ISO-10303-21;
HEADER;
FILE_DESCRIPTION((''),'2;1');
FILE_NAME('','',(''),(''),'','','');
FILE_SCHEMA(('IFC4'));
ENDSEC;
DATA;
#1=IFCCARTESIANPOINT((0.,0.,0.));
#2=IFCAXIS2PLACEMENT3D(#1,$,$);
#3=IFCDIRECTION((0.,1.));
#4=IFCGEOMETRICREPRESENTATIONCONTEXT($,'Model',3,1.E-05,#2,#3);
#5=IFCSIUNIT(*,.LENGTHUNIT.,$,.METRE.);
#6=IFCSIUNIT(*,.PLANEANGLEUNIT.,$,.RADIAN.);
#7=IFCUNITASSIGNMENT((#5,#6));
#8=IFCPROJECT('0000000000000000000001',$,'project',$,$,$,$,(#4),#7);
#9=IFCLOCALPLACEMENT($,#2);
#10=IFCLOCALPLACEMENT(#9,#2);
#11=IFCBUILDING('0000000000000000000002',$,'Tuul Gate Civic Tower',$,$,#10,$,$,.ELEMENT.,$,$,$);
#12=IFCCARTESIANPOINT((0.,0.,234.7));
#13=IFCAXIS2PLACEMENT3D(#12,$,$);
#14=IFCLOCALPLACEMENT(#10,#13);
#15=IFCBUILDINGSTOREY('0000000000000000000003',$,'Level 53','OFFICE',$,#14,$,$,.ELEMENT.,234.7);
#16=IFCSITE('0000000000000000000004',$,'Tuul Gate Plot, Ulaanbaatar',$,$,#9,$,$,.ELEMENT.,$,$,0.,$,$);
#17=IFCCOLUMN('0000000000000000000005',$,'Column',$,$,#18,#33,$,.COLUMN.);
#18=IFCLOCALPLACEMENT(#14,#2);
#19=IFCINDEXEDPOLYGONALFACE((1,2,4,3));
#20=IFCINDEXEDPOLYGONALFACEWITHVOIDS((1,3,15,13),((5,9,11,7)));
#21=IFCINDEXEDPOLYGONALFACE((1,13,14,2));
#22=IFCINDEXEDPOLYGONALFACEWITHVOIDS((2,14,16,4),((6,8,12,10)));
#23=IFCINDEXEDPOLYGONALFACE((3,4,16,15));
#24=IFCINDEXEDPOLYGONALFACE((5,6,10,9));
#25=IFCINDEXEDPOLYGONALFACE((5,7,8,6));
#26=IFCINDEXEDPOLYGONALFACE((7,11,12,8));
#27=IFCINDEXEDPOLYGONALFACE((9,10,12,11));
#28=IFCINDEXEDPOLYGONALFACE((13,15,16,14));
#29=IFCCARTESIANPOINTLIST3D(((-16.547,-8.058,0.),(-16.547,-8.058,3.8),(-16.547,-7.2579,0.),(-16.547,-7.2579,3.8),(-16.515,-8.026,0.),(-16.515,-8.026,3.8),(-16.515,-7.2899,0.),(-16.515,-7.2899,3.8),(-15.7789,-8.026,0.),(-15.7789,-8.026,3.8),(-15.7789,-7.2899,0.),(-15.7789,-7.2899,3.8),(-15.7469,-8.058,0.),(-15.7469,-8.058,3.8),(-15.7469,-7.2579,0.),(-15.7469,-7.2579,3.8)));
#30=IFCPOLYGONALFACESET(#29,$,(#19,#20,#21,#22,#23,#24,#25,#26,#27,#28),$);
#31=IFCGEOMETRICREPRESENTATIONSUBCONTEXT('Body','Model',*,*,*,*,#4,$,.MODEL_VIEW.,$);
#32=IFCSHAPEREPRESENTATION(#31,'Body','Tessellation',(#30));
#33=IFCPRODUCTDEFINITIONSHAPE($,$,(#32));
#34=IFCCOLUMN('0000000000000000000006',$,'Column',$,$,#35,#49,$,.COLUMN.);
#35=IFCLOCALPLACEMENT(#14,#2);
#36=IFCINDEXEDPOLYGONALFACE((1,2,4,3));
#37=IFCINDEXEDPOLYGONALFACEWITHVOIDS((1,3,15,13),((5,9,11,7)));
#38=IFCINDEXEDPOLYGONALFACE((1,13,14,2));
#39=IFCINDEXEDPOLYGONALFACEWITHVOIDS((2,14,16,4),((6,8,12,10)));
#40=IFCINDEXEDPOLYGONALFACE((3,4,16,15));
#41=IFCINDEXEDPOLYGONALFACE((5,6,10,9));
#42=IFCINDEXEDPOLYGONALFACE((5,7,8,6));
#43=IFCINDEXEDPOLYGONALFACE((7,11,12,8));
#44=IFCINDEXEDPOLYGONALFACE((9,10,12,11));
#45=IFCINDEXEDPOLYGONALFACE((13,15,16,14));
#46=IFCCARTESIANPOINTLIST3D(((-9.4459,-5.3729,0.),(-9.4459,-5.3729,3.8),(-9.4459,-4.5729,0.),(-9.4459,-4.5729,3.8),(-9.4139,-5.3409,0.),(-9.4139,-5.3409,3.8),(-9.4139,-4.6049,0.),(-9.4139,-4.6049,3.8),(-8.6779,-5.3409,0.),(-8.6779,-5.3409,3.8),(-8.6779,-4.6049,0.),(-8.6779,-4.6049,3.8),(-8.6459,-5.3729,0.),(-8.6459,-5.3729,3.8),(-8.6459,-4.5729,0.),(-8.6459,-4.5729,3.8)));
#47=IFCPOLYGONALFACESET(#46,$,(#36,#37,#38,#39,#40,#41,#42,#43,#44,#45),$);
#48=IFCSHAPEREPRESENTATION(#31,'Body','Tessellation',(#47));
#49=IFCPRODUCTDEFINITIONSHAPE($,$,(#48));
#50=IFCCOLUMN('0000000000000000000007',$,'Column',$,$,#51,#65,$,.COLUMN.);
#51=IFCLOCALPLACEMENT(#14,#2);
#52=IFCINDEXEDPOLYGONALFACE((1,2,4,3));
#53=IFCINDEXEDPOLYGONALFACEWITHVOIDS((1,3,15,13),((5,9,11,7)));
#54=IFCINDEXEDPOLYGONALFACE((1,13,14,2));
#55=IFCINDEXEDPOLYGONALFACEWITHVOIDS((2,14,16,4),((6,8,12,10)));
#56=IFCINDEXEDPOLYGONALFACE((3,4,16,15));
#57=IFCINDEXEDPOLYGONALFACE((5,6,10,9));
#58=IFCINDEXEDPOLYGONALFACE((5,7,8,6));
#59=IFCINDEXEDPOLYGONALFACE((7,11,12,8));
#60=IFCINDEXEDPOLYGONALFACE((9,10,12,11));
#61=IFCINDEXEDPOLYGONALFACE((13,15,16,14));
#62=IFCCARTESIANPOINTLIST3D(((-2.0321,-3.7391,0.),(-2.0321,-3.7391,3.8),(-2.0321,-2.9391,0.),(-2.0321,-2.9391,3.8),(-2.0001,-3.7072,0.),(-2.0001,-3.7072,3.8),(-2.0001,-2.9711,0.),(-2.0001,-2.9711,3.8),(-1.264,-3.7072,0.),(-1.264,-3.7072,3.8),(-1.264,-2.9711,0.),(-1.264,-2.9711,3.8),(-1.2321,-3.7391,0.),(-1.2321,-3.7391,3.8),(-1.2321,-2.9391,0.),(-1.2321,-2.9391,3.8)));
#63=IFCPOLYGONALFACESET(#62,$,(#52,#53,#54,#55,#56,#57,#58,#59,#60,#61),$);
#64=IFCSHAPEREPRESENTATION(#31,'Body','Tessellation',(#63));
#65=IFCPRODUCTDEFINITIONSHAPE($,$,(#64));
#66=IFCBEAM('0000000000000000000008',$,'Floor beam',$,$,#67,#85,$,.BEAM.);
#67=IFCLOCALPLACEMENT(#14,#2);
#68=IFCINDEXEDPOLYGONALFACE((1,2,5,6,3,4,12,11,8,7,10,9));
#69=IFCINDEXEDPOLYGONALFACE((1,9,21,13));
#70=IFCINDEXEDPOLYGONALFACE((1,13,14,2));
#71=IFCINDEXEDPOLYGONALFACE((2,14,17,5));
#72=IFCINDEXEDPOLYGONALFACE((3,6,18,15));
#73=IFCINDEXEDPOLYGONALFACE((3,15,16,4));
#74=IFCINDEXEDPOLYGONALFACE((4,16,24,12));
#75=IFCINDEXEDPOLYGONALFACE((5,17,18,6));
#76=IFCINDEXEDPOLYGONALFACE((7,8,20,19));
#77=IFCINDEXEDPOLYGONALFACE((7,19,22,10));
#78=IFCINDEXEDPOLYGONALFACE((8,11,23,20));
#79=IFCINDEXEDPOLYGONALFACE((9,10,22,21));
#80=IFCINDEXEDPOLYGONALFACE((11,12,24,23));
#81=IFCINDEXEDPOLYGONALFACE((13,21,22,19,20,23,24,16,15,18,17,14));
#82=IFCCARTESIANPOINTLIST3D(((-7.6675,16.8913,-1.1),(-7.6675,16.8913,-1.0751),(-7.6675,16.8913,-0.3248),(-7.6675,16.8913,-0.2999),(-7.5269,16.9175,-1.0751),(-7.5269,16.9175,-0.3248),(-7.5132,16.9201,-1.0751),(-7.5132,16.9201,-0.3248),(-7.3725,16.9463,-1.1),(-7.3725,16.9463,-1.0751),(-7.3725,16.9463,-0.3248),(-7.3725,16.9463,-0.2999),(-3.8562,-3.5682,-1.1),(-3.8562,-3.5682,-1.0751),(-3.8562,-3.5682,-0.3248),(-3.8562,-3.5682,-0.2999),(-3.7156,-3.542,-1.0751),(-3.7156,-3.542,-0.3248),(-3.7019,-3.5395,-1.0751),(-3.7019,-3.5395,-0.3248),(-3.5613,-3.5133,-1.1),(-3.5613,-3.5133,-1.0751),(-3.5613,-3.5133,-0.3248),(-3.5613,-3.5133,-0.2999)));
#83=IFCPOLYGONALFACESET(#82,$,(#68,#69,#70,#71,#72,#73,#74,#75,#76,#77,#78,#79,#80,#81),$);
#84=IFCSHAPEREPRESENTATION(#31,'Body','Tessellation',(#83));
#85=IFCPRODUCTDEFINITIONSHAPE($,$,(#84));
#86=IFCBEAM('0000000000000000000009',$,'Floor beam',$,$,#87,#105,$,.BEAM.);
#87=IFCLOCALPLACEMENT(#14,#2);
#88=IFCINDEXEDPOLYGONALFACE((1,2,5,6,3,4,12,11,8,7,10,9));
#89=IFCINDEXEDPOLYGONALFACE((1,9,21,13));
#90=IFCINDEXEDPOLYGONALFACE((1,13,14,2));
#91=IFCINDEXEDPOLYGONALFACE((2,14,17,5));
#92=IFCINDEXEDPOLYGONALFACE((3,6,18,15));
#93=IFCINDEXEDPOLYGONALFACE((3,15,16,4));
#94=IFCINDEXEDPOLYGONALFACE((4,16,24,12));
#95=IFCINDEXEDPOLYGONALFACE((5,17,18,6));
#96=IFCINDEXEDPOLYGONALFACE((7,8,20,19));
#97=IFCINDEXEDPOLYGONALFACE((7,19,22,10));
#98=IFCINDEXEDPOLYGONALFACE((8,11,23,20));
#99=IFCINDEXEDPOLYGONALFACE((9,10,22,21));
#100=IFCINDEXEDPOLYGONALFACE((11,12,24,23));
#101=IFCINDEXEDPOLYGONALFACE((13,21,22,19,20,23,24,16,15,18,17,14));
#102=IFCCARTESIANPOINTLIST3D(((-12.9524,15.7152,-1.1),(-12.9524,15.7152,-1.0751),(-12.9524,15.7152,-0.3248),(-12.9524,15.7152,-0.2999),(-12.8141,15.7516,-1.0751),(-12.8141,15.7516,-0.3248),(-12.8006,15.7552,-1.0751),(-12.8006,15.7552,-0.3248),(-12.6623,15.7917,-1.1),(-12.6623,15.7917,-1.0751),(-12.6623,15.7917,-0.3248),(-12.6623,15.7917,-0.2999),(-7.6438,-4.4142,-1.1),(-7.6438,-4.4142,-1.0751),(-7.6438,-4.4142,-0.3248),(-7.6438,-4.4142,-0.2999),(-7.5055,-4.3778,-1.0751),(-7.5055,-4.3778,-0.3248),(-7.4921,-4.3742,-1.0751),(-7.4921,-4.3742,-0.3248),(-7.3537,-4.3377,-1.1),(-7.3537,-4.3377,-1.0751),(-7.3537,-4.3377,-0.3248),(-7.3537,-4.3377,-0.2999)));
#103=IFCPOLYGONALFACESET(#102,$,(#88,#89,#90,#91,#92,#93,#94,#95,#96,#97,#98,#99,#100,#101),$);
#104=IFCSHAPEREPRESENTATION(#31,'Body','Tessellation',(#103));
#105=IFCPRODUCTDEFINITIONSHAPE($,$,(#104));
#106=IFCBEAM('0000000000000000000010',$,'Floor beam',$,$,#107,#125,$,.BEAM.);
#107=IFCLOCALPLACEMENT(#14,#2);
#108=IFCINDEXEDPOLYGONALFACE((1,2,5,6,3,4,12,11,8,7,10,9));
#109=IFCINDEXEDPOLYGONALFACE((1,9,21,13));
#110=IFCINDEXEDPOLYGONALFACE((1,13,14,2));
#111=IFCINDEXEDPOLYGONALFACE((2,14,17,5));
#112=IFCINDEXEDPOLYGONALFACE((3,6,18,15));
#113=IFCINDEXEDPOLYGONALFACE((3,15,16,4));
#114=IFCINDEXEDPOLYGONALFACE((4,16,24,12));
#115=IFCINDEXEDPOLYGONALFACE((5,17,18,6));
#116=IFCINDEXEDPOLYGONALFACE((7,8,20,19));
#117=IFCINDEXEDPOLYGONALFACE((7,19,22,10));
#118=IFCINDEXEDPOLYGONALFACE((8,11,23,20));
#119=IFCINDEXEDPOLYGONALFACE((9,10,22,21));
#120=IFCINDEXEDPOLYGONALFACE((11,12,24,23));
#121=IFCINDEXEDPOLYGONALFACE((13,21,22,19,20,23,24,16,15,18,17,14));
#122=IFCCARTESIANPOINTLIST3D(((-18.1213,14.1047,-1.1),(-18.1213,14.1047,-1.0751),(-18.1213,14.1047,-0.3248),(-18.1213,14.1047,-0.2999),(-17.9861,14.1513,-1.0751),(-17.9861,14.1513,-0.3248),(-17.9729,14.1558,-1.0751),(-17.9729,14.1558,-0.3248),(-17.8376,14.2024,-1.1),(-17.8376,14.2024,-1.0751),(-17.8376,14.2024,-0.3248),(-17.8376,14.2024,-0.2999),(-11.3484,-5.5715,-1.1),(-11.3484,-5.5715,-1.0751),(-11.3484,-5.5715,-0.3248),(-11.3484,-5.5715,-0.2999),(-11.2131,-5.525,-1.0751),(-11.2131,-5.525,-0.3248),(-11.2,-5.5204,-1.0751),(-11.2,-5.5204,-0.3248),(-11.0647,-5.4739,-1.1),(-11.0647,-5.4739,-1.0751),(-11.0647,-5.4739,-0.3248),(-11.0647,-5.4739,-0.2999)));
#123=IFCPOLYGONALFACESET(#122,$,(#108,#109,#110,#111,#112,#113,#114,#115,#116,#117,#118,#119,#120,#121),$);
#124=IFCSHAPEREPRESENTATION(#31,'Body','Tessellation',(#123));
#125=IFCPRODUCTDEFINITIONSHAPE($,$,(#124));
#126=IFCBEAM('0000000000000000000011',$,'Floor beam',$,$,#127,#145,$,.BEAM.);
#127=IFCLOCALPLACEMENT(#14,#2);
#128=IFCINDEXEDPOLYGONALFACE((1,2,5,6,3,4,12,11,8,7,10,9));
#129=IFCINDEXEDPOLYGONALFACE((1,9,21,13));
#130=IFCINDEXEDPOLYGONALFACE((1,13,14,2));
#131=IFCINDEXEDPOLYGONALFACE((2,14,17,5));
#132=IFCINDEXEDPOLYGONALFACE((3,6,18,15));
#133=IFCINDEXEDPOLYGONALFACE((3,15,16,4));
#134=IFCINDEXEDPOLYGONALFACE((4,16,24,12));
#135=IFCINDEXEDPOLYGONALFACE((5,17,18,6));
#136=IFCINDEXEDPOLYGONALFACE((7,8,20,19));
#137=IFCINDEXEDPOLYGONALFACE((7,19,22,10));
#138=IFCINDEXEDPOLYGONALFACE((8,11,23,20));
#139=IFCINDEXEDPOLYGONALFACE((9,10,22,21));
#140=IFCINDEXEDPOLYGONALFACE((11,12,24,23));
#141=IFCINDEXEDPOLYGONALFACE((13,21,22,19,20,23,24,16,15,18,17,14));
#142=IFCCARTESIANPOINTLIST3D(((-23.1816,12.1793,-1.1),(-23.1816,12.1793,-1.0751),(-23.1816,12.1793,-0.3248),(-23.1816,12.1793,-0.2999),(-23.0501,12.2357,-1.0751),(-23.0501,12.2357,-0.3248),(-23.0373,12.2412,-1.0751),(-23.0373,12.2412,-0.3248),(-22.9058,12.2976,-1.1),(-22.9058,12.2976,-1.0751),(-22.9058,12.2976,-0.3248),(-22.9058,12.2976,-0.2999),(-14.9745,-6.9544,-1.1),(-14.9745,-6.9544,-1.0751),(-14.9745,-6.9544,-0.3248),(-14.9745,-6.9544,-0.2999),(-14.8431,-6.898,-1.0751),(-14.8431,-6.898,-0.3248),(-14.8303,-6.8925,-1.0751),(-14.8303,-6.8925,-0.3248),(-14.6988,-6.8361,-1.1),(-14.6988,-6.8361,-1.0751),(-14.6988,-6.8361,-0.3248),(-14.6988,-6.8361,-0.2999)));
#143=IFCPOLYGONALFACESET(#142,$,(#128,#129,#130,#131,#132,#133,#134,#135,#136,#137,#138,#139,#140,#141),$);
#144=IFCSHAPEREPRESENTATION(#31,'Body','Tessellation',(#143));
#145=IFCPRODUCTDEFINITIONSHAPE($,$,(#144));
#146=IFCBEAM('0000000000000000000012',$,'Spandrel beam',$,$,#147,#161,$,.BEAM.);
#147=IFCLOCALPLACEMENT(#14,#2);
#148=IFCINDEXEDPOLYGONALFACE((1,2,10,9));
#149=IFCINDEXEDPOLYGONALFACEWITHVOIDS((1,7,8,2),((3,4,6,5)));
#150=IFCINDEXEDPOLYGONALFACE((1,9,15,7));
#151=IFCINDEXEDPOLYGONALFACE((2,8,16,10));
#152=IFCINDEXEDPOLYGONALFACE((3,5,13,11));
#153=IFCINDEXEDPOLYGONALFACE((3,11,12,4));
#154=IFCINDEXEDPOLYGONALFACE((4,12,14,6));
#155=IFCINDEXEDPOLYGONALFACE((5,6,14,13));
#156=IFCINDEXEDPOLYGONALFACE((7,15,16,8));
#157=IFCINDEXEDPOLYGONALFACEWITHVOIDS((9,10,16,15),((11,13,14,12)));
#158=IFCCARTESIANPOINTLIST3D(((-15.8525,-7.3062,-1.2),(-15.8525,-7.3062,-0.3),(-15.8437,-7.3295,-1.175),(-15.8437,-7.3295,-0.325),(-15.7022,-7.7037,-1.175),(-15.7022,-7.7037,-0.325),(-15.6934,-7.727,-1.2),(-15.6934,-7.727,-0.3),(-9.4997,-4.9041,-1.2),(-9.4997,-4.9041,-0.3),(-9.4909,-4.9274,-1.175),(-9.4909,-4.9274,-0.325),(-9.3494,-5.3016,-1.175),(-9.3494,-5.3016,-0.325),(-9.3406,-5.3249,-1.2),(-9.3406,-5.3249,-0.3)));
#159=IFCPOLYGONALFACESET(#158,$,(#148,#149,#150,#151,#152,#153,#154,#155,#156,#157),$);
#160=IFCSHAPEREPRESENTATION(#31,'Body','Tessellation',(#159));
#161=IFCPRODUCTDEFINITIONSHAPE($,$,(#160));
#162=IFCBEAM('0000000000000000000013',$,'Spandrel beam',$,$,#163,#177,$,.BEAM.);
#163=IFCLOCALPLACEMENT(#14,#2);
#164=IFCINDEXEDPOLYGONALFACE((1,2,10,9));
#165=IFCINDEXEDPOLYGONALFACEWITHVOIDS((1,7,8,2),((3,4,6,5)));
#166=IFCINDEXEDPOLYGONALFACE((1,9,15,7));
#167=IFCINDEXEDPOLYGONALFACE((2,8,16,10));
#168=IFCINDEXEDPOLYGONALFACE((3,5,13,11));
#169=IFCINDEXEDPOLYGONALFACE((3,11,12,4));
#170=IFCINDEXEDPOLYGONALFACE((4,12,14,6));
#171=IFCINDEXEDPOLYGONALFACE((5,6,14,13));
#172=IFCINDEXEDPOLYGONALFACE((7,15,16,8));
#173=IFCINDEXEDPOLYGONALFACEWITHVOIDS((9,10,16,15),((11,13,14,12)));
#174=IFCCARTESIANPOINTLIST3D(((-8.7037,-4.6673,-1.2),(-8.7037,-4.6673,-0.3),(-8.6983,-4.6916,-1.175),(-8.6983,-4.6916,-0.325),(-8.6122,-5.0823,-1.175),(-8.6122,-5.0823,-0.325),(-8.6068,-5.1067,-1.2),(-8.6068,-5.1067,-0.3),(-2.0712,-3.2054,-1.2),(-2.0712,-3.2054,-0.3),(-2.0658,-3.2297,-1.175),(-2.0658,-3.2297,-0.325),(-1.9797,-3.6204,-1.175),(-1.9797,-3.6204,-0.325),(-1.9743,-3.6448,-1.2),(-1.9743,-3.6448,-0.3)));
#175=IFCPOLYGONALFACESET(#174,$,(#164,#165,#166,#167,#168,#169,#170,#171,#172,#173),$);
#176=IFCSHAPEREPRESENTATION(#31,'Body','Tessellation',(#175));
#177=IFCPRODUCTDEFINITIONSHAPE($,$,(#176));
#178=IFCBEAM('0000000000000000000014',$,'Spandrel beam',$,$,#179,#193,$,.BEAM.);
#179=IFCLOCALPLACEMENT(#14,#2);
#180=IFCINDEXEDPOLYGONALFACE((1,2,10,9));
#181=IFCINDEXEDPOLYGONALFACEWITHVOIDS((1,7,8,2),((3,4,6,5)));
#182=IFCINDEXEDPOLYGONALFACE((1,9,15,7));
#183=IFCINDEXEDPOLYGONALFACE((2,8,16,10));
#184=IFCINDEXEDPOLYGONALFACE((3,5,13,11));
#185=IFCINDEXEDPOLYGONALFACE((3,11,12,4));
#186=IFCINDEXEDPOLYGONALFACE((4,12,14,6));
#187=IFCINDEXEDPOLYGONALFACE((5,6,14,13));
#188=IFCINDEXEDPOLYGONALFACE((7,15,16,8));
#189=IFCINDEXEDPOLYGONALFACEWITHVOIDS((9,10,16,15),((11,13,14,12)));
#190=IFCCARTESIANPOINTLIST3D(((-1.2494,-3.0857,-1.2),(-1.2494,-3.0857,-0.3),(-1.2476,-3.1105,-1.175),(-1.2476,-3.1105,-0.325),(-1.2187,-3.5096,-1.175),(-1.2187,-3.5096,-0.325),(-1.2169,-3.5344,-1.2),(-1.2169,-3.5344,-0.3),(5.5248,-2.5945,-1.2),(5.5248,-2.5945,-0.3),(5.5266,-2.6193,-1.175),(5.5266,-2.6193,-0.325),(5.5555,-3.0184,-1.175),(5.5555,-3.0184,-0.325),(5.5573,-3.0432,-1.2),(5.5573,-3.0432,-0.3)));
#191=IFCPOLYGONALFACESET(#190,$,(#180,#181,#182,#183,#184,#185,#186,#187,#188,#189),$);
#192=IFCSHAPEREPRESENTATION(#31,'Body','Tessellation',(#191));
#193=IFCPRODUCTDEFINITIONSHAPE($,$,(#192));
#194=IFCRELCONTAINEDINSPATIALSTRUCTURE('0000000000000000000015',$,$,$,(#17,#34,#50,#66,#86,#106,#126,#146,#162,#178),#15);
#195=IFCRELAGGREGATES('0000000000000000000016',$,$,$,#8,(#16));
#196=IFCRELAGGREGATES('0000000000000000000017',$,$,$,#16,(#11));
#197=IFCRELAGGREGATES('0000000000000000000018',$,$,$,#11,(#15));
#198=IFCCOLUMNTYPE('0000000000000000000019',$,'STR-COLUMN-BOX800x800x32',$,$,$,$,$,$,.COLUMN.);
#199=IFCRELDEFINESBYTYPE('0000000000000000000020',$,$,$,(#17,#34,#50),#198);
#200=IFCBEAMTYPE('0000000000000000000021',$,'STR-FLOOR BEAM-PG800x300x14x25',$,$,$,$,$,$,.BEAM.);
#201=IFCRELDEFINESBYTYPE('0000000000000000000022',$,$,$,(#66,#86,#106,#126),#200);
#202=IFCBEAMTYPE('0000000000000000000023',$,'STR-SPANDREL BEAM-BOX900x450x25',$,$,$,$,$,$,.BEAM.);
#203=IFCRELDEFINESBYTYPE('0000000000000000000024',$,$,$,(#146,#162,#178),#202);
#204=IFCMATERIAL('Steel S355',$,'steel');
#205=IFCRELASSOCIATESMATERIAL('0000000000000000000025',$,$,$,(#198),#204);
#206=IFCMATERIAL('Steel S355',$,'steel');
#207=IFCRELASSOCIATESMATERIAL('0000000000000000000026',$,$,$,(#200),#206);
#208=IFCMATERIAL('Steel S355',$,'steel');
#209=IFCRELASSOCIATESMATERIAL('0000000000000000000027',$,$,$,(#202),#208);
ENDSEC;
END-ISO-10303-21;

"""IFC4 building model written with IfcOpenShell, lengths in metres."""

from ifc_helpers import new_model, si_unit, direction, frame, origin, origin_2d, place, context, subcontext, project, spatial, hollow_rectangle, i_section, extrude, material, material_profile, profile_set, type_object, element, save


model = new_model("IFC4")

# Units and contexts
model_context = context("Model", 3, precision=1e-05, world=origin(), true_north=direction((0.0, 1.0)))
body_context = subcontext(model_context, "Body", "Model", "MODEL_VIEW")
ifc_project = project(units=[si_unit("LENGTHUNIT", "METRE"), si_unit("PLANEANGLEUNIT", "RADIAN")], contexts=[model_context])

# Site, building, storey
site_placement = place(None, origin())
site = spatial("IfcSite", under=ifc_project, at=site_placement, Name="Tuul Gate Plot, Ulaanbaatar", CompositionType="ELEMENT", RefElevation=0.0)
building_placement = place(site_placement, origin())
building = spatial("IfcBuilding", under=site, at=building_placement, Name="Tuul Gate Civic Tower", CompositionType="ELEMENT")
storey_placement = place(building_placement, frame((0.0, 0.0, 234.7)))
storey = spatial("IfcBuildingStorey", under=building, at=storey_placement, Name="Level 53", Description="OFFICE", CompositionType="ELEMENT", Elevation=234.7)

# Columns
ifc_material_1 = material(Name="Steel S355", Category="steel")
ifc_material_profile_1 = material_profile(ifc_material_1, hollow_rectangle(XDim=0.8, YDim=0.8, WallThickness=0.032, at=origin_2d()), Name="BOX800x800x32")
ifc_profile_set_1 = profile_set([ifc_material_profile_1], Name="Steel S355")
column_type = type_object("IfcColumnType", Name="STR-COLUMN-BOX800x800x32", PredefinedType="COLUMN", material=ifc_profile_set_1)
for number, where, z_axis, x_axis, name in (
    (1, (-16.147, -7.658, 0.0), (0.0, 0.0, 1.0), (1.0, 0.0, 0.0), "Column"),
    (2, (-9.0459, -4.9729, 0.0), (0.0, 0.0, 1.0), (1.0, 0.0, 0.0), "Column"),
    (3, (-1.6321, -3.3391, 0.0), (0.0, 0.0, 1.0), (1.0, 0.0, 0.0), "Column"),
):
    element("IfcColumn", number, at=place(storey_placement, frame(where, z_axis=z_axis, x_axis=x_axis)), inside=storey, type_object=column_type, Name=name, PredefinedType="COLUMN", context=body_context, shape_type="SweptSolid", body=[
        extrude(hollow_rectangle(XDim=0.8, YDim=0.8, WallThickness=0.032, at=origin_2d()), origin(), (0.0, 0.0, 1.0), 3.8),
    ])

# Beams
ifc_material_2 = material(Name="Steel S355", Category="steel")
ifc_material_profile_2 = material_profile(ifc_material_2, i_section(OverallWidth=0.3, OverallDepth=0.8, WebThickness=0.0139, FlangeThickness=0.0249, at=origin_2d()), Name="PG800x300x14x25")
ifc_profile_set_2 = profile_set([ifc_material_profile_2], Name="Steel S355")
beam_type_1 = type_object("IfcBeamType", Name="STR-FLOOR BEAM-PG800x300x14x25", PredefinedType="BEAM", material=ifc_profile_set_2)
beam_1_placement = place(storey_placement, frame((-3.7087, -3.5408, -0.7), z_axis=(-0.183134, 0.983088, 0.0), x_axis=(-0.983088, -0.183134, 0.0)))
element("IfcBeam", 4, at=beam_1_placement, inside=storey, type_object=beam_type_1, Name="Floor beam", PredefinedType="BEAM", context=body_context, shape_type="SweptSolid", body=[
    extrude(i_section(OverallWidth=0.3, OverallDepth=0.8, WebThickness=0.0139, FlangeThickness=0.0249, at=origin_2d()), origin(), (0.0, 0.0, 1.0), 20.8115),
])
beam_2_placement = place(storey_placement, frame((-7.4988, -4.376, -0.7), z_axis=(-0.255005, 0.96694, 0.0), x_axis=(-0.96694, -0.255005, 0.0)))
element("IfcBeam", 5, at=beam_2_placement, inside=storey, type_object=beam_type_1, Name="Floor beam", PredefinedType="BEAM", context=body_context, shape_type="SweptSolid", body=[
    extrude(i_section(OverallWidth=0.3, OverallDepth=0.8, WebThickness=0.0139, FlangeThickness=0.0249, at=origin_2d()), origin(), (0.0, 0.0, 1.0), 20.8176),
])
beam_3_placement = place(storey_placement, frame((-11.2065, -5.5227, -0.7), z_axis=(-0.325476, 0.94555, 0.0), x_axis=(-0.94555, -0.325476, 0.0)))
element("IfcBeam", 6, at=beam_3_placement, inside=storey, type_object=beam_type_1, Name="Floor beam", PredefinedType="BEAM", context=body_context, shape_type="SweptSolid", body=[
    extrude(i_section(OverallWidth=0.3, OverallDepth=0.8, WebThickness=0.0139, FlangeThickness=0.0249, at=origin_2d()), origin(), (0.0, 0.0, 1.0), 20.8093),
])
beam_4_placement = place(storey_placement, frame((-14.8367, -6.8953, -0.7), z_axis=(-0.394197, 0.919026, 0.0), x_axis=(-0.919026, -0.394197, 0.0)))
element("IfcBeam", 7, at=beam_4_placement, inside=storey, type_object=beam_type_1, Name="Floor beam", PredefinedType="BEAM", context=body_context, shape_type="SweptSolid", body=[
    extrude(i_section(OverallWidth=0.3, OverallDepth=0.8, WebThickness=0.0139, FlangeThickness=0.0249, at=origin_2d()), origin(), (0.0, 0.0, 1.0), 20.8196),
])
ifc_material_3 = material(Name="Steel S355", Category="steel")
ifc_material_profile_3 = material_profile(ifc_material_3, hollow_rectangle(XDim=0.45, YDim=0.8999, WallThickness=0.0249, at=origin_2d()), Name="BOX900x450x25")
ifc_profile_set_3 = profile_set([ifc_material_profile_3], Name="Steel S355")
beam_type_2 = type_object("IfcBeamType", Name="STR-SPANDREL BEAM-BOX900x450x25", PredefinedType="BEAM", material=ifc_profile_set_3)
for number, where, z_axis, x_axis, name in (
    (8, (-15.7729, -7.5166, -0.75), (0.935367, 0.353679, 0.0), (-0.353679, 0.935367, 0.0), "Spandrel beam"),
    (9, (-8.6553, -4.887, -0.75), (0.976559, 0.215248, 0.0), (-0.215248, 0.976559, 0.0), "Spandrel beam"),
):
    element("IfcBeam", number, at=place(storey_placement, frame(where, z_axis=z_axis, x_axis=x_axis)), inside=storey, type_object=beam_type_2, Name=name, PredefinedType="BEAM", context=body_context, shape_type="SweptSolid", body=[
        extrude(hollow_rectangle(XDim=0.45, YDim=0.8999, WallThickness=0.0249, at=origin_2d()), origin(), (0.0, 0.0, 1.0), 6.7917),
    ])
beam_5_placement = place(storey_placement, frame((-1.2332, -3.3101, -0.75), z_axis=(0.997381, 0.072322, 0.0), x_axis=(-0.072322, 0.997381, 0.0)))
element("IfcBeam", 10, at=beam_5_placement, inside=storey, type_object=beam_type_2, Name="Spandrel beam", PredefinedType="BEAM", context=body_context, shape_type="SweptSolid", body=[
    extrude(hollow_rectangle(XDim=0.45, YDim=0.8999, WallThickness=0.0249, at=origin_2d()), origin(), (0.0, 0.0, 1.0), 6.792),
])

save(model, "model.ifc")
